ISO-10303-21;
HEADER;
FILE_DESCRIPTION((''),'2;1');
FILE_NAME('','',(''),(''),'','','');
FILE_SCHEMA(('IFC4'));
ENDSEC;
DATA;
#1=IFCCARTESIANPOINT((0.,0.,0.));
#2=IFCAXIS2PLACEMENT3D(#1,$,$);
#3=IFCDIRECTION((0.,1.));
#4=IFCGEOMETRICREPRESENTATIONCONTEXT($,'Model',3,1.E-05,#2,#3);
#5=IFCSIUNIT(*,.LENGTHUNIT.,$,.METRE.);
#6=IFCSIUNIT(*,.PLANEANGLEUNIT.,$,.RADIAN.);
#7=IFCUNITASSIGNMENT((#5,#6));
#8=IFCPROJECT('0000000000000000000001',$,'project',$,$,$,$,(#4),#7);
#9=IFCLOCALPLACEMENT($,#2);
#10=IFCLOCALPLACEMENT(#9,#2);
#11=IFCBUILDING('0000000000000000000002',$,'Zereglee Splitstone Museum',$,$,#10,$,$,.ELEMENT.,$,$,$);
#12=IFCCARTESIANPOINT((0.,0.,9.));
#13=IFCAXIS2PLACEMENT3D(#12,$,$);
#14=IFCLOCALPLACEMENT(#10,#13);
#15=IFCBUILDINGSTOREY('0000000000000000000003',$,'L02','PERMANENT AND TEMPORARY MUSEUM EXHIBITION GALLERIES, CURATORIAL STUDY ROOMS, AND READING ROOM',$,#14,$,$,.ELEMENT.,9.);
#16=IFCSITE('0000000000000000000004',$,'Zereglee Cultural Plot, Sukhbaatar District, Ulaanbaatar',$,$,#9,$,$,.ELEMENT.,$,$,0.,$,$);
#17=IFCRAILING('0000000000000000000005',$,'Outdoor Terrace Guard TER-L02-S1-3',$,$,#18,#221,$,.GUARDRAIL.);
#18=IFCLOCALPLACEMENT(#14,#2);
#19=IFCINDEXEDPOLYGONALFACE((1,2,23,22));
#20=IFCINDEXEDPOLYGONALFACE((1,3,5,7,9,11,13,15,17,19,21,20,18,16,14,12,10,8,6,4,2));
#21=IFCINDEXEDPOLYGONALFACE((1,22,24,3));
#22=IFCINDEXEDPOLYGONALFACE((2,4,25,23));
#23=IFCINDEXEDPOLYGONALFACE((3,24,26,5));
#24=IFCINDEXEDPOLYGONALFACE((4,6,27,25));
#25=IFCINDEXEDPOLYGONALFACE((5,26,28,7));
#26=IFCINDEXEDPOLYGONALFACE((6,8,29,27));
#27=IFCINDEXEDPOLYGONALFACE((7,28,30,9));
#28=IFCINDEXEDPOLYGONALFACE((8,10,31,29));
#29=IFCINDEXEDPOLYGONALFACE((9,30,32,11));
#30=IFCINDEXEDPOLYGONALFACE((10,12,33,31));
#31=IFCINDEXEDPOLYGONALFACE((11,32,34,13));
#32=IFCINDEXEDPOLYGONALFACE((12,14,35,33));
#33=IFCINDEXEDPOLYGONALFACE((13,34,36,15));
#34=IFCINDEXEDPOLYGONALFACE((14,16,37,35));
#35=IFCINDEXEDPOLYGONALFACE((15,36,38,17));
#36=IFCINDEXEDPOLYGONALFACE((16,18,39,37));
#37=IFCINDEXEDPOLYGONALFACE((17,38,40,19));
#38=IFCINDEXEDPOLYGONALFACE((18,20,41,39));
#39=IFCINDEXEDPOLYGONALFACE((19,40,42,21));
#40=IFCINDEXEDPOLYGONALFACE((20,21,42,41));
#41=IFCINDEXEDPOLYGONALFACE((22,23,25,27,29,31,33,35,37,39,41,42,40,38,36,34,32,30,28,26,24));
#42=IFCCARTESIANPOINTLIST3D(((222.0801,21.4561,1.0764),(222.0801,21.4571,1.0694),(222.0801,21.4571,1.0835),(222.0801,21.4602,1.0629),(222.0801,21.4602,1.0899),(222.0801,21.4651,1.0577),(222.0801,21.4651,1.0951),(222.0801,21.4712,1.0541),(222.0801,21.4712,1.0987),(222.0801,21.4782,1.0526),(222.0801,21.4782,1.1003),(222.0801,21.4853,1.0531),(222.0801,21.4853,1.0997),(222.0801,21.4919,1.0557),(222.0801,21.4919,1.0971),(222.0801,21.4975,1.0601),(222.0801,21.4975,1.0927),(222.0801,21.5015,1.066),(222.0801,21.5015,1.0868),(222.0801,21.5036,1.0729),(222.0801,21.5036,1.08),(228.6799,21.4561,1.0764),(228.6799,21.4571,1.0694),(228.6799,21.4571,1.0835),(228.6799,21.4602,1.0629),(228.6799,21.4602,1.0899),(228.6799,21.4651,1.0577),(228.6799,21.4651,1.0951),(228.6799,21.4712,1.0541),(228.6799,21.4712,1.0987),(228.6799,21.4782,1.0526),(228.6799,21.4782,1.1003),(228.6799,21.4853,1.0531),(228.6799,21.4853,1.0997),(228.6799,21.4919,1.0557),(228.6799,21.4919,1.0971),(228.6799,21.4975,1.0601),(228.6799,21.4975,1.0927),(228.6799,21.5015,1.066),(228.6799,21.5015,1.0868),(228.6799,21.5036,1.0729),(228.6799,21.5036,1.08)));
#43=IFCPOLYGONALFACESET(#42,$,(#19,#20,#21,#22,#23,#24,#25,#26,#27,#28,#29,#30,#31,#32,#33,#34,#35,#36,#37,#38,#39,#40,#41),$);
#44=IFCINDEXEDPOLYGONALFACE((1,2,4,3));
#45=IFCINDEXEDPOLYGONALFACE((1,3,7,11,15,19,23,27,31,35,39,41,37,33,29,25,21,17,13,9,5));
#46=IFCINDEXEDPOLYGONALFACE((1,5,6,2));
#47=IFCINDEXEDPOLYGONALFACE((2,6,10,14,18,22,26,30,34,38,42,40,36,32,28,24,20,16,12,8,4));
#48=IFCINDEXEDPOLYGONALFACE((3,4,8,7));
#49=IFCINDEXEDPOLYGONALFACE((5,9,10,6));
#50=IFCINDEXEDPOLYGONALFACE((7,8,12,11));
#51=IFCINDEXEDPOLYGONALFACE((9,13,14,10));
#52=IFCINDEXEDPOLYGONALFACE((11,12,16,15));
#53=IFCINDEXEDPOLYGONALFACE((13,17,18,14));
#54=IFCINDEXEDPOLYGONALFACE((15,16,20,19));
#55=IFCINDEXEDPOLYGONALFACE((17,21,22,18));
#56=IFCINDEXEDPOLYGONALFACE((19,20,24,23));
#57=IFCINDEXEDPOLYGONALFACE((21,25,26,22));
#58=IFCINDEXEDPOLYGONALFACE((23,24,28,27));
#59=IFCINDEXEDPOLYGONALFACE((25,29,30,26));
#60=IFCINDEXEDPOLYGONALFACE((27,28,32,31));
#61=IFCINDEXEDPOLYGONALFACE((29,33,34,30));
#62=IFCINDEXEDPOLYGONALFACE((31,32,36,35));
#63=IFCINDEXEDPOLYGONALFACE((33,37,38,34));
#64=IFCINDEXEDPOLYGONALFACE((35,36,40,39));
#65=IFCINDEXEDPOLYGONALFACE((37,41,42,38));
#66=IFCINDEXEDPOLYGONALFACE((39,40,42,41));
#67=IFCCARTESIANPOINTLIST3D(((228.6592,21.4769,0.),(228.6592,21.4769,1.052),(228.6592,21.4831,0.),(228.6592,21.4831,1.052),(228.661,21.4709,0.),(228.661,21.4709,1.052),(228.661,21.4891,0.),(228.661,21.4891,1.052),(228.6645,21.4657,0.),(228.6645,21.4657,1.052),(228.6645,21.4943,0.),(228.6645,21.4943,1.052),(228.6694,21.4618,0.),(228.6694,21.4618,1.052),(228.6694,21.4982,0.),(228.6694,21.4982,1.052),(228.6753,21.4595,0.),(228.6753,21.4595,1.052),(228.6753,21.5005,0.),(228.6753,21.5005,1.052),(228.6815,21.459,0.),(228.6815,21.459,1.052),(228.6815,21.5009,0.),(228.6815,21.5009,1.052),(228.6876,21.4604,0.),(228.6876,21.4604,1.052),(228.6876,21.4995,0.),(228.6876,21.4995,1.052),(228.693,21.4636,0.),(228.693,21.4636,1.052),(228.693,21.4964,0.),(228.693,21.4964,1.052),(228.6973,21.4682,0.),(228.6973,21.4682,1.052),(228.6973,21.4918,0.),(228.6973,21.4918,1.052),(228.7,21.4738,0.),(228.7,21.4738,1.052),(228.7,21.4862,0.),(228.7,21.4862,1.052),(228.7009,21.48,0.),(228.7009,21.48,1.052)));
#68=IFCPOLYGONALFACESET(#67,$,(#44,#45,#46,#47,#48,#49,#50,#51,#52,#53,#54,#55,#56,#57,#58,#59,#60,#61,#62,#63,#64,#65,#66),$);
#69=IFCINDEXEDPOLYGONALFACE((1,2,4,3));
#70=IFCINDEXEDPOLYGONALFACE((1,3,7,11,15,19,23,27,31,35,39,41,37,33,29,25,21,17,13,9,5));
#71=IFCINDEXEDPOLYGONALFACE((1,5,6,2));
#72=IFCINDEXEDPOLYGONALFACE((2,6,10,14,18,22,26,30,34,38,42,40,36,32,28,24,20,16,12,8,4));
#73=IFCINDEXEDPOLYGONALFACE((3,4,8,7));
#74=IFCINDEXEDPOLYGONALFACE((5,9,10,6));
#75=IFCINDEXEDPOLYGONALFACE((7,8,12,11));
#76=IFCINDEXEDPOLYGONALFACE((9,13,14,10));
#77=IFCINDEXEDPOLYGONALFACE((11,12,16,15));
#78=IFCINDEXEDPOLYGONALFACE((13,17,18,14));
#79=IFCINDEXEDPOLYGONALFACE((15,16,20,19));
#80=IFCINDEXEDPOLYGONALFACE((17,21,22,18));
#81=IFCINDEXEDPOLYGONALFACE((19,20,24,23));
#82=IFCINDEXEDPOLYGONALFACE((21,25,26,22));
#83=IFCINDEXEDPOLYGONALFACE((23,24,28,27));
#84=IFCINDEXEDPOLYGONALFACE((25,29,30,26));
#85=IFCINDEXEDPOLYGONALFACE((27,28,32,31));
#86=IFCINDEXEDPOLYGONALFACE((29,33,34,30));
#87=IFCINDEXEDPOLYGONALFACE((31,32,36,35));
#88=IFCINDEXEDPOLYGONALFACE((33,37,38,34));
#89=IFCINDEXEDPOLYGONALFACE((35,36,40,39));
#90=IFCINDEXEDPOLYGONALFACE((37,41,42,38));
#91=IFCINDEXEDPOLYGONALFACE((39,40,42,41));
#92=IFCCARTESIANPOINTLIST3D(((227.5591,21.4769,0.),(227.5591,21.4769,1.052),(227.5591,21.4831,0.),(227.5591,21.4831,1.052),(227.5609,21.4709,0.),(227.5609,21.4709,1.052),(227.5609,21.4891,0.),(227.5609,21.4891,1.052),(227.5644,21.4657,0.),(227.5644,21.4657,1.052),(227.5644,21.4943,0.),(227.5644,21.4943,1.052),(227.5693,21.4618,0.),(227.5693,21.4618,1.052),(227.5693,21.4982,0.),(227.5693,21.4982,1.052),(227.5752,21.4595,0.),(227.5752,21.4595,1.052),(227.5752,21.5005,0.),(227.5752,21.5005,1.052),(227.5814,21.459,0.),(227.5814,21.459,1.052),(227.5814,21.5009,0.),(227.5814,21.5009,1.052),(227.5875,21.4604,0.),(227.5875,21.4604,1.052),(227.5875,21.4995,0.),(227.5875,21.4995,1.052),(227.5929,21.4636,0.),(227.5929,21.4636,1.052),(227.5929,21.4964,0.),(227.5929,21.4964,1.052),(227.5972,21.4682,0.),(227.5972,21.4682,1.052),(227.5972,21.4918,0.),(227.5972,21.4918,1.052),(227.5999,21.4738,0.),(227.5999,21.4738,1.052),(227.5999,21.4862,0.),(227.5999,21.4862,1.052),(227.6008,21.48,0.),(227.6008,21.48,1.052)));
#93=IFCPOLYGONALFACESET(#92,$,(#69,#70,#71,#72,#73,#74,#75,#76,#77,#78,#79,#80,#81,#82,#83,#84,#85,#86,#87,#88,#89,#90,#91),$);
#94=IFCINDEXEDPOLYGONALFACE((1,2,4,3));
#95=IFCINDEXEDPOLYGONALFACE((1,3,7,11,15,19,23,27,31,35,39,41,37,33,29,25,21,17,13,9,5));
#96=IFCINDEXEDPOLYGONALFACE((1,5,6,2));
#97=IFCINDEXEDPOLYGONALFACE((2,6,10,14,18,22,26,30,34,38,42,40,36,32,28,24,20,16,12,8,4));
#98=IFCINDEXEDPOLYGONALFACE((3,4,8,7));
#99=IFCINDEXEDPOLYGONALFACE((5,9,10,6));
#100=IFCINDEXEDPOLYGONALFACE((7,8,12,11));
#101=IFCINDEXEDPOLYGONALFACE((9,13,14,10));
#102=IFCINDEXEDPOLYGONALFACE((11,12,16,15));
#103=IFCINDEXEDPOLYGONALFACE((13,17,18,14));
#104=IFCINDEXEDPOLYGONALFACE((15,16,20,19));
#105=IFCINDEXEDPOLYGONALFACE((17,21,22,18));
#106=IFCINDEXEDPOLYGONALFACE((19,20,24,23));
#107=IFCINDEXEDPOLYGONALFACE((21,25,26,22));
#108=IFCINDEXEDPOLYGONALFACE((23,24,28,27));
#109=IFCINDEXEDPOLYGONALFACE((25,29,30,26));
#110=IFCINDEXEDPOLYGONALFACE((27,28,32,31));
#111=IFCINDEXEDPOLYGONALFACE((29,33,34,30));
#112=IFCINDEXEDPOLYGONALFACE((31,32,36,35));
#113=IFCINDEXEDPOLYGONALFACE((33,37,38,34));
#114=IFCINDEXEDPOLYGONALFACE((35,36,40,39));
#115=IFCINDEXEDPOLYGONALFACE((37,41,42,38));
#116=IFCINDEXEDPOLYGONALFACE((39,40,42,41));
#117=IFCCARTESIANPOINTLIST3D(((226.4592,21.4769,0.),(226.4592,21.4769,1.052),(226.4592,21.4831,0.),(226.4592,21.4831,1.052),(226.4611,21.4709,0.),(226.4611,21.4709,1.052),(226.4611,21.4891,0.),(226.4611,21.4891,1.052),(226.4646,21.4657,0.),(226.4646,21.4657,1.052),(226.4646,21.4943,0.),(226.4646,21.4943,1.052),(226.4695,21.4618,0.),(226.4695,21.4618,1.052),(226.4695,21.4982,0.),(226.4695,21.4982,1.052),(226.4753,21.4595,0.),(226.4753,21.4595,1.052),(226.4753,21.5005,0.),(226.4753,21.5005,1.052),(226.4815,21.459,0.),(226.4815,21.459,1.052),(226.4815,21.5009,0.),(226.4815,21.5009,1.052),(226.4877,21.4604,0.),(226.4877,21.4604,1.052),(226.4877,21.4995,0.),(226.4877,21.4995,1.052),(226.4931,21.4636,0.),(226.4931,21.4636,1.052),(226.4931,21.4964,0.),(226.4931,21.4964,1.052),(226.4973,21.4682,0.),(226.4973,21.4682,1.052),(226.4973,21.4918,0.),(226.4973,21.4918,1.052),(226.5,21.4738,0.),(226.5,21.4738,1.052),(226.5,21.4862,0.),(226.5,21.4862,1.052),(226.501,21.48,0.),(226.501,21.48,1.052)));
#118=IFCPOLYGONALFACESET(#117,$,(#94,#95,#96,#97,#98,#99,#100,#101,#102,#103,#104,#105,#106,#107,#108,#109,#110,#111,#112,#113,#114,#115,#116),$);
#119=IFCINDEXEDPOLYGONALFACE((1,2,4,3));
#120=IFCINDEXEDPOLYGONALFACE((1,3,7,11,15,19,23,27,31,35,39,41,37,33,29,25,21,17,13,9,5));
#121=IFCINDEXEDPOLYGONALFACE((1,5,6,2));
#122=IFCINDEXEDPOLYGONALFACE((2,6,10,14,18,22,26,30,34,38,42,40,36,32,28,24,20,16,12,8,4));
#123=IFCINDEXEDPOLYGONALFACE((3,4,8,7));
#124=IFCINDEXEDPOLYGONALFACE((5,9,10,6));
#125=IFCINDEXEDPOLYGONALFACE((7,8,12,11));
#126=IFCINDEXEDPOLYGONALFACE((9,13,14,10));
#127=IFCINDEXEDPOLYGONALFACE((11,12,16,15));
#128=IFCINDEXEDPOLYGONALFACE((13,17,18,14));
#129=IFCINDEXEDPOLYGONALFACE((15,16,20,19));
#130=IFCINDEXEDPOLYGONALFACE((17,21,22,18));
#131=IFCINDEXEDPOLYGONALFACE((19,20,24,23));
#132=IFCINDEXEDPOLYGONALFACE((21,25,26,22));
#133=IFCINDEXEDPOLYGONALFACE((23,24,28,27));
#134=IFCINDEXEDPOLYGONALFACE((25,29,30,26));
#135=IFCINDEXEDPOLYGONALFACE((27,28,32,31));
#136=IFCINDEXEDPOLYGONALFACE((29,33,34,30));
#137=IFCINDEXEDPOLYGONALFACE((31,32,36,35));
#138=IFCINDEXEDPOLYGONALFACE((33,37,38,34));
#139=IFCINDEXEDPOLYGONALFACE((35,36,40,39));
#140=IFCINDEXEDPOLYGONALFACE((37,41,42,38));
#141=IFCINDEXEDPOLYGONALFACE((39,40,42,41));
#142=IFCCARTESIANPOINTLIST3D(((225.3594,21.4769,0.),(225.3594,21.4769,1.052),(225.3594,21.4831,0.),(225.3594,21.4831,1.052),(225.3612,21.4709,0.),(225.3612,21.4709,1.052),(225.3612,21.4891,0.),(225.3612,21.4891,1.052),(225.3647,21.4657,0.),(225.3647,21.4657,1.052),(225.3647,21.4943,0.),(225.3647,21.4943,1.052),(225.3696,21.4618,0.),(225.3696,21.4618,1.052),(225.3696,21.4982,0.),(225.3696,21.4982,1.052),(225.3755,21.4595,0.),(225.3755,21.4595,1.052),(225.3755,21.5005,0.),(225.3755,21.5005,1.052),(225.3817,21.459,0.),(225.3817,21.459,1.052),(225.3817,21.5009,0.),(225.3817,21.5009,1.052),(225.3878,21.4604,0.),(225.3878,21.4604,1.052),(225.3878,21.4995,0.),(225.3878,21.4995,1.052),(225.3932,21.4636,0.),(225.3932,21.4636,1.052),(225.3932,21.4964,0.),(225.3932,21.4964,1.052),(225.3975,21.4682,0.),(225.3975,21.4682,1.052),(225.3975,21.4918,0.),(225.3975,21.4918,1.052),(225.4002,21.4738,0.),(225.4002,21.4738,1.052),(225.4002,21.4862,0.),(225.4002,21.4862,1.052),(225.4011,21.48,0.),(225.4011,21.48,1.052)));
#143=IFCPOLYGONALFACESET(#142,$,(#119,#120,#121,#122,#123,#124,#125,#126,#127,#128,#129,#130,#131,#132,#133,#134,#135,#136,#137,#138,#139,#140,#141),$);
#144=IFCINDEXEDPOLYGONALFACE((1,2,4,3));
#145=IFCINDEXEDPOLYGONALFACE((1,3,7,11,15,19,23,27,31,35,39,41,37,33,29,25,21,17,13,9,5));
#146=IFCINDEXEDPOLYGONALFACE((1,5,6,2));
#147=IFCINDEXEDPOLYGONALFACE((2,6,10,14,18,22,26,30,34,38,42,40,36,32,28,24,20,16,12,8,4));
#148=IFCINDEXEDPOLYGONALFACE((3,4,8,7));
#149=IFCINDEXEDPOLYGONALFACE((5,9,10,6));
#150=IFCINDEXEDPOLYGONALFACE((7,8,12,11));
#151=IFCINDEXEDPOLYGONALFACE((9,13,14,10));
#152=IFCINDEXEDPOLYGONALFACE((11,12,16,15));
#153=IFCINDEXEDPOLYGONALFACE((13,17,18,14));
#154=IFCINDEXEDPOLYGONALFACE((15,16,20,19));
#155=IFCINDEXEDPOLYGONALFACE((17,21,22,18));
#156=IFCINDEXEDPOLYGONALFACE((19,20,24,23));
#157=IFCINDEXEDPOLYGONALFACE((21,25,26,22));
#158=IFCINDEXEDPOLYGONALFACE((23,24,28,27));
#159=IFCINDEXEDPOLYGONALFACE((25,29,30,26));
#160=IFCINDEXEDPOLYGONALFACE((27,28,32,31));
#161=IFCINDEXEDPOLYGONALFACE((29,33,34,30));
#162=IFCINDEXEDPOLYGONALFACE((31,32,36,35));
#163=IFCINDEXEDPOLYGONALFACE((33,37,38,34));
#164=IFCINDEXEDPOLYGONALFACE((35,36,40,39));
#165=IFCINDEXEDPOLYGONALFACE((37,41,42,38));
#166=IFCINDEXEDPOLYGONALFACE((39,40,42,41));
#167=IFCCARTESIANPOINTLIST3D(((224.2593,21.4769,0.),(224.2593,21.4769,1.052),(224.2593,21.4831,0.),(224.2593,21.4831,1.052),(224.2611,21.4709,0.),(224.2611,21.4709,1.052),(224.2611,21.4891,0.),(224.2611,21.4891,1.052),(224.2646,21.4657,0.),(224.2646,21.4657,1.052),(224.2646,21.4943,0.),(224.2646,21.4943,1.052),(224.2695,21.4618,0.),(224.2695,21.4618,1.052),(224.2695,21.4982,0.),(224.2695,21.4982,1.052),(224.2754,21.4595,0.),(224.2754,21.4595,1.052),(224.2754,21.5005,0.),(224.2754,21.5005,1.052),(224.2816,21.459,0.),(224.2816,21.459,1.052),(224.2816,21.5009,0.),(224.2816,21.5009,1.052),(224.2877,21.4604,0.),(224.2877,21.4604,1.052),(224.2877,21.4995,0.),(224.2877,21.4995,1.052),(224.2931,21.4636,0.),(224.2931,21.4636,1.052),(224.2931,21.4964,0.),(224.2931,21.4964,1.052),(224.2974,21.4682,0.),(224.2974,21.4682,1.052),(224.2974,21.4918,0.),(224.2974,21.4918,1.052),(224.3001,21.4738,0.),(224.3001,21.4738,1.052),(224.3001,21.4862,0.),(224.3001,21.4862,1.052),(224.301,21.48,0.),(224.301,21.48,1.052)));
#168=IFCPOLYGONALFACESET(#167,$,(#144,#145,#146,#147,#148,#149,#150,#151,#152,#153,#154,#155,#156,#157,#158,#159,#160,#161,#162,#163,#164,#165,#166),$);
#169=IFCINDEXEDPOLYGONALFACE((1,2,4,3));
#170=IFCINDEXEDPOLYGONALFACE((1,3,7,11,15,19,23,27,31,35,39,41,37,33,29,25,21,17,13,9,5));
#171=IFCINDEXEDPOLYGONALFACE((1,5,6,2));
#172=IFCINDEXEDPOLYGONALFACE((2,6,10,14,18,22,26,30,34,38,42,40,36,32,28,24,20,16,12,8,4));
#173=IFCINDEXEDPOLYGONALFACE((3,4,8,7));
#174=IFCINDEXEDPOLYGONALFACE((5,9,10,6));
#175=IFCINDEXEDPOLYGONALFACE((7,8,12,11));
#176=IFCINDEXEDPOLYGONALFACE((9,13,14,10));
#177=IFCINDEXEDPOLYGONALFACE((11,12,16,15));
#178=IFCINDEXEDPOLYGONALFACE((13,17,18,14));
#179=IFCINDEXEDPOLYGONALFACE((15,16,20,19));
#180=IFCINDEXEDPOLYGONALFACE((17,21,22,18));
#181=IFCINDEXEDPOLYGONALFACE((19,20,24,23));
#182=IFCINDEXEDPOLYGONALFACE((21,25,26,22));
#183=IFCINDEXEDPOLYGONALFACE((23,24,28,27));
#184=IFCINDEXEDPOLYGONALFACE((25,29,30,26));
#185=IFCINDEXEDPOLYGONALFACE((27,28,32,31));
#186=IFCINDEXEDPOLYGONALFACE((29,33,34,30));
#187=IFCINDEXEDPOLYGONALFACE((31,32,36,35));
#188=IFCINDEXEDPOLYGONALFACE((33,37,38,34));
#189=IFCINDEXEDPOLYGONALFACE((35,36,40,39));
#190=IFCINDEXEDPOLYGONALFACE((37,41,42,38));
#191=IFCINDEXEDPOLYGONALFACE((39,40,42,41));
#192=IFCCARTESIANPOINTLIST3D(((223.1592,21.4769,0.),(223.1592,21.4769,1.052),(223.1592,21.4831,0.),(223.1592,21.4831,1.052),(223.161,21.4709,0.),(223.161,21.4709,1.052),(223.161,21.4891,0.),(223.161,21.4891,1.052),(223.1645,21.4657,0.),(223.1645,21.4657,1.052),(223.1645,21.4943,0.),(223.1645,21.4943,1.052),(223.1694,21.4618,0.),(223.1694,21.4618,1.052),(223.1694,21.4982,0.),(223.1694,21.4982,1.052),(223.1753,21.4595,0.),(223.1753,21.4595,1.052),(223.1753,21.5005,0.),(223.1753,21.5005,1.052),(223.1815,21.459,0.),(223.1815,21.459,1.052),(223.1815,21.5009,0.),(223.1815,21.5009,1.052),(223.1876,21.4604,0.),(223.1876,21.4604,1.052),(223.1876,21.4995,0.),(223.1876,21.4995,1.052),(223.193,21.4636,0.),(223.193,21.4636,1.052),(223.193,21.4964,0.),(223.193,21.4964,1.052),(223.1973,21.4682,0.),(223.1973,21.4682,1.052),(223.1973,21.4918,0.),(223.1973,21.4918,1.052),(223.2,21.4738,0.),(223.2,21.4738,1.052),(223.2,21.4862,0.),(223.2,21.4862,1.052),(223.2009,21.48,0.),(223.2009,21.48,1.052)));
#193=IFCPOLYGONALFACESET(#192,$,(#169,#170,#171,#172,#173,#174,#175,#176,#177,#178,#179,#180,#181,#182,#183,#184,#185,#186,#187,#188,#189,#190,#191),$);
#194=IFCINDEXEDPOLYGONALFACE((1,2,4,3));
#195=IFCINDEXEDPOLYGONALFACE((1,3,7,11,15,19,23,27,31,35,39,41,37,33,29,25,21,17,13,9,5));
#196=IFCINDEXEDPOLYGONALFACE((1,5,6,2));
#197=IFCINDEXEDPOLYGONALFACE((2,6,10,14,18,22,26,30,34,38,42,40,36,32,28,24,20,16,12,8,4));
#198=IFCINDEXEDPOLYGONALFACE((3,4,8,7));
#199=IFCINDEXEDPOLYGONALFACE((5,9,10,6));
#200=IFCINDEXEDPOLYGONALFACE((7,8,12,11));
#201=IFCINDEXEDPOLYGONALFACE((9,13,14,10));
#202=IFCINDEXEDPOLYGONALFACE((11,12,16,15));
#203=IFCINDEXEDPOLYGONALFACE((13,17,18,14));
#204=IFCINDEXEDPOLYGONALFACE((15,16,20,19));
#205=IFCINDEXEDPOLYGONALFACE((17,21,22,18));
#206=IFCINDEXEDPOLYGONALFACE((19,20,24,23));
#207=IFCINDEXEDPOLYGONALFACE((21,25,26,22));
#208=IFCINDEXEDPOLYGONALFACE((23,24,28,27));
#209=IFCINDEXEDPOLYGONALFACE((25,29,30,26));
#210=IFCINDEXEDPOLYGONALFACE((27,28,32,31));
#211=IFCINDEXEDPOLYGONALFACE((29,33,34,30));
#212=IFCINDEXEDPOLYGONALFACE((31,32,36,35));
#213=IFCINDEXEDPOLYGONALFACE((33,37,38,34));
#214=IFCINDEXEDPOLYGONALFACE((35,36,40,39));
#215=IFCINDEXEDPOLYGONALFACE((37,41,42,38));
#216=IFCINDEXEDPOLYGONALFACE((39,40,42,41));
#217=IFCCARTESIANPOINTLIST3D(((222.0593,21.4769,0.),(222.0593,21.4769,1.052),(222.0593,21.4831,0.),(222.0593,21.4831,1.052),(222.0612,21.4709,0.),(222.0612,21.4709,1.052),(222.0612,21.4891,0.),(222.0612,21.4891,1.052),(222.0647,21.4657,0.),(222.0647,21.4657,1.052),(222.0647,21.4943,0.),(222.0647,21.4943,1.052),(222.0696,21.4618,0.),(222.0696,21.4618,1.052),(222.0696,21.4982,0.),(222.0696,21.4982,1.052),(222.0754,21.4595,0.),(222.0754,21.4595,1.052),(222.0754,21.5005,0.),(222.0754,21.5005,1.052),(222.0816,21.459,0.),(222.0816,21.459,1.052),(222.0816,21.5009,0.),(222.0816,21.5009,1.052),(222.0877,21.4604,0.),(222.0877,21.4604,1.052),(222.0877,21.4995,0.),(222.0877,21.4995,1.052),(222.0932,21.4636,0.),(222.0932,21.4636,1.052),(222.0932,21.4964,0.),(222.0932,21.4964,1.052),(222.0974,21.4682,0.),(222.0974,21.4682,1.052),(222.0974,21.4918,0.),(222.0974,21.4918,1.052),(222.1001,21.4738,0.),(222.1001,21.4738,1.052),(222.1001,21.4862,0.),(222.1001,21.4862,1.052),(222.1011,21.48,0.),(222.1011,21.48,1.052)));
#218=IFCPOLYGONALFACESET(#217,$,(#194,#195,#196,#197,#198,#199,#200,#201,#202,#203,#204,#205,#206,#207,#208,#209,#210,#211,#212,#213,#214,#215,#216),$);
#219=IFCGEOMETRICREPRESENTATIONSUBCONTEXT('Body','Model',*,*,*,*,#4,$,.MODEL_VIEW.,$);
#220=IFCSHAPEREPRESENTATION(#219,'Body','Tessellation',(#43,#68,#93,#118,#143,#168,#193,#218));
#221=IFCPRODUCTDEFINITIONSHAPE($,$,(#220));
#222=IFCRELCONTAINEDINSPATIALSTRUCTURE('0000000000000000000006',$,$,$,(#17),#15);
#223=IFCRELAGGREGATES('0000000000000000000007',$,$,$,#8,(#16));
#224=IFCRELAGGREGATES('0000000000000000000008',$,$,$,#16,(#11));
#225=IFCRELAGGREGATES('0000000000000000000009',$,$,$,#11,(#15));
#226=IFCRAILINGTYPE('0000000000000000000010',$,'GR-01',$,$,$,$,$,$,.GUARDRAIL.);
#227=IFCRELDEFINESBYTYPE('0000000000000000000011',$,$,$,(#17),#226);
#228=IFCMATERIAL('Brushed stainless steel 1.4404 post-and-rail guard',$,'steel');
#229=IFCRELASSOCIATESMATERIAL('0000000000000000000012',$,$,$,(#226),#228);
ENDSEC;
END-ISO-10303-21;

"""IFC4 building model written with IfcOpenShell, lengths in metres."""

from ifc_helpers import new_model, si_unit, direction, frame, origin, origin_2d, place, context, subcontext, project, spatial, circle, extrude, material, type_object, element, save


model = new_model("IFC4")

# Units and contexts
model_context = context("Model", 3, precision=1e-05, world=origin(), true_north=direction((0.0, 1.0)))
body_context = subcontext(model_context, "Body", "Model", "MODEL_VIEW")
ifc_project = project(units=[si_unit("LENGTHUNIT", "METRE"), si_unit("PLANEANGLEUNIT", "RADIAN")], contexts=[model_context])

# Site, building, storey
site_placement = place(None, origin())
site = spatial("IfcSite", under=ifc_project, at=site_placement, Name="Zereglee Cultural Plot, Sukhbaatar District, Ulaanbaatar", CompositionType="ELEMENT", RefElevation=0.0)
building_placement = place(site_placement, origin())
building = spatial("IfcBuilding", under=site, at=building_placement, Name="Zereglee Splitstone Museum", CompositionType="ELEMENT")
storey_placement = place(building_placement, frame((0.0, 0.0, 9.0)))
storey = spatial("IfcBuildingStorey", under=building, at=storey_placement, Name="L02", Description="PERMANENT AND TEMPORARY MUSEUM EXHIBITION GALLERIES, CURATORIAL STUDY ROOMS, AND READING ROOM", CompositionType="ELEMENT", Elevation=9.0)

# Railing
ifc_material_1 = material(Name="Brushed stainless steel 1.4404 post-and-rail guard", Category="steel")
railing_type = type_object("IfcRailingType", Name="GR-01", PredefinedType="GUARDRAIL", material=ifc_material_1)
railing_placement = place(storey_placement, frame((228.6799, 21.48, 0.0)))
element("IfcRailing", 1, at=railing_placement, inside=storey, type_object=railing_type, Name="Outdoor Terrace Guard TER-L02-S1-3", PredefinedType="GUARDRAIL", context=body_context, shape_type="SweptSolid", body=[
    extrude(circle(Radius=0.0239, at=origin_2d()), frame((0.0, 0.0, 1.0764), z_axis=(-1.0, 0.0, 0.0), x_axis=(0.0, -1.0, 0.0)), (0.0, 0.0, 1.0), 6.5999),
    extrude(circle(Radius=0.021, at=origin_2d()), origin(), (0.0, 0.0, 1.0), 1.052),
    extrude(circle(Radius=0.021, at=origin_2d()), frame((-1.1001, 0.0, 0.0)), (0.0, 0.0, 1.0), 1.052),
    extrude(circle(Radius=0.021, at=origin_2d()), frame((-2.2, 0.0, 0.0)), (0.0, 0.0, 1.0), 1.052),
    extrude(circle(Radius=0.021, at=origin_2d()), frame((-3.2998, 0.0, 0.0)), (0.0, 0.0, 1.0), 1.052),
    extrude(circle(Radius=0.021, at=origin_2d()), frame((-4.3999, 0.0, 0.0)), (0.0, 0.0, 1.0), 1.052),
    extrude(circle(Radius=0.021, at=origin_2d()), frame((-5.5, 0.0, 0.0)), (0.0, 0.0, 1.0), 1.052),
    extrude(circle(Radius=0.021, at=origin_2d()), frame((-6.5999, 0.0, 0.0)), (0.0, 0.0, 1.0), 1.052),
])

save(model, "model.ifc")
